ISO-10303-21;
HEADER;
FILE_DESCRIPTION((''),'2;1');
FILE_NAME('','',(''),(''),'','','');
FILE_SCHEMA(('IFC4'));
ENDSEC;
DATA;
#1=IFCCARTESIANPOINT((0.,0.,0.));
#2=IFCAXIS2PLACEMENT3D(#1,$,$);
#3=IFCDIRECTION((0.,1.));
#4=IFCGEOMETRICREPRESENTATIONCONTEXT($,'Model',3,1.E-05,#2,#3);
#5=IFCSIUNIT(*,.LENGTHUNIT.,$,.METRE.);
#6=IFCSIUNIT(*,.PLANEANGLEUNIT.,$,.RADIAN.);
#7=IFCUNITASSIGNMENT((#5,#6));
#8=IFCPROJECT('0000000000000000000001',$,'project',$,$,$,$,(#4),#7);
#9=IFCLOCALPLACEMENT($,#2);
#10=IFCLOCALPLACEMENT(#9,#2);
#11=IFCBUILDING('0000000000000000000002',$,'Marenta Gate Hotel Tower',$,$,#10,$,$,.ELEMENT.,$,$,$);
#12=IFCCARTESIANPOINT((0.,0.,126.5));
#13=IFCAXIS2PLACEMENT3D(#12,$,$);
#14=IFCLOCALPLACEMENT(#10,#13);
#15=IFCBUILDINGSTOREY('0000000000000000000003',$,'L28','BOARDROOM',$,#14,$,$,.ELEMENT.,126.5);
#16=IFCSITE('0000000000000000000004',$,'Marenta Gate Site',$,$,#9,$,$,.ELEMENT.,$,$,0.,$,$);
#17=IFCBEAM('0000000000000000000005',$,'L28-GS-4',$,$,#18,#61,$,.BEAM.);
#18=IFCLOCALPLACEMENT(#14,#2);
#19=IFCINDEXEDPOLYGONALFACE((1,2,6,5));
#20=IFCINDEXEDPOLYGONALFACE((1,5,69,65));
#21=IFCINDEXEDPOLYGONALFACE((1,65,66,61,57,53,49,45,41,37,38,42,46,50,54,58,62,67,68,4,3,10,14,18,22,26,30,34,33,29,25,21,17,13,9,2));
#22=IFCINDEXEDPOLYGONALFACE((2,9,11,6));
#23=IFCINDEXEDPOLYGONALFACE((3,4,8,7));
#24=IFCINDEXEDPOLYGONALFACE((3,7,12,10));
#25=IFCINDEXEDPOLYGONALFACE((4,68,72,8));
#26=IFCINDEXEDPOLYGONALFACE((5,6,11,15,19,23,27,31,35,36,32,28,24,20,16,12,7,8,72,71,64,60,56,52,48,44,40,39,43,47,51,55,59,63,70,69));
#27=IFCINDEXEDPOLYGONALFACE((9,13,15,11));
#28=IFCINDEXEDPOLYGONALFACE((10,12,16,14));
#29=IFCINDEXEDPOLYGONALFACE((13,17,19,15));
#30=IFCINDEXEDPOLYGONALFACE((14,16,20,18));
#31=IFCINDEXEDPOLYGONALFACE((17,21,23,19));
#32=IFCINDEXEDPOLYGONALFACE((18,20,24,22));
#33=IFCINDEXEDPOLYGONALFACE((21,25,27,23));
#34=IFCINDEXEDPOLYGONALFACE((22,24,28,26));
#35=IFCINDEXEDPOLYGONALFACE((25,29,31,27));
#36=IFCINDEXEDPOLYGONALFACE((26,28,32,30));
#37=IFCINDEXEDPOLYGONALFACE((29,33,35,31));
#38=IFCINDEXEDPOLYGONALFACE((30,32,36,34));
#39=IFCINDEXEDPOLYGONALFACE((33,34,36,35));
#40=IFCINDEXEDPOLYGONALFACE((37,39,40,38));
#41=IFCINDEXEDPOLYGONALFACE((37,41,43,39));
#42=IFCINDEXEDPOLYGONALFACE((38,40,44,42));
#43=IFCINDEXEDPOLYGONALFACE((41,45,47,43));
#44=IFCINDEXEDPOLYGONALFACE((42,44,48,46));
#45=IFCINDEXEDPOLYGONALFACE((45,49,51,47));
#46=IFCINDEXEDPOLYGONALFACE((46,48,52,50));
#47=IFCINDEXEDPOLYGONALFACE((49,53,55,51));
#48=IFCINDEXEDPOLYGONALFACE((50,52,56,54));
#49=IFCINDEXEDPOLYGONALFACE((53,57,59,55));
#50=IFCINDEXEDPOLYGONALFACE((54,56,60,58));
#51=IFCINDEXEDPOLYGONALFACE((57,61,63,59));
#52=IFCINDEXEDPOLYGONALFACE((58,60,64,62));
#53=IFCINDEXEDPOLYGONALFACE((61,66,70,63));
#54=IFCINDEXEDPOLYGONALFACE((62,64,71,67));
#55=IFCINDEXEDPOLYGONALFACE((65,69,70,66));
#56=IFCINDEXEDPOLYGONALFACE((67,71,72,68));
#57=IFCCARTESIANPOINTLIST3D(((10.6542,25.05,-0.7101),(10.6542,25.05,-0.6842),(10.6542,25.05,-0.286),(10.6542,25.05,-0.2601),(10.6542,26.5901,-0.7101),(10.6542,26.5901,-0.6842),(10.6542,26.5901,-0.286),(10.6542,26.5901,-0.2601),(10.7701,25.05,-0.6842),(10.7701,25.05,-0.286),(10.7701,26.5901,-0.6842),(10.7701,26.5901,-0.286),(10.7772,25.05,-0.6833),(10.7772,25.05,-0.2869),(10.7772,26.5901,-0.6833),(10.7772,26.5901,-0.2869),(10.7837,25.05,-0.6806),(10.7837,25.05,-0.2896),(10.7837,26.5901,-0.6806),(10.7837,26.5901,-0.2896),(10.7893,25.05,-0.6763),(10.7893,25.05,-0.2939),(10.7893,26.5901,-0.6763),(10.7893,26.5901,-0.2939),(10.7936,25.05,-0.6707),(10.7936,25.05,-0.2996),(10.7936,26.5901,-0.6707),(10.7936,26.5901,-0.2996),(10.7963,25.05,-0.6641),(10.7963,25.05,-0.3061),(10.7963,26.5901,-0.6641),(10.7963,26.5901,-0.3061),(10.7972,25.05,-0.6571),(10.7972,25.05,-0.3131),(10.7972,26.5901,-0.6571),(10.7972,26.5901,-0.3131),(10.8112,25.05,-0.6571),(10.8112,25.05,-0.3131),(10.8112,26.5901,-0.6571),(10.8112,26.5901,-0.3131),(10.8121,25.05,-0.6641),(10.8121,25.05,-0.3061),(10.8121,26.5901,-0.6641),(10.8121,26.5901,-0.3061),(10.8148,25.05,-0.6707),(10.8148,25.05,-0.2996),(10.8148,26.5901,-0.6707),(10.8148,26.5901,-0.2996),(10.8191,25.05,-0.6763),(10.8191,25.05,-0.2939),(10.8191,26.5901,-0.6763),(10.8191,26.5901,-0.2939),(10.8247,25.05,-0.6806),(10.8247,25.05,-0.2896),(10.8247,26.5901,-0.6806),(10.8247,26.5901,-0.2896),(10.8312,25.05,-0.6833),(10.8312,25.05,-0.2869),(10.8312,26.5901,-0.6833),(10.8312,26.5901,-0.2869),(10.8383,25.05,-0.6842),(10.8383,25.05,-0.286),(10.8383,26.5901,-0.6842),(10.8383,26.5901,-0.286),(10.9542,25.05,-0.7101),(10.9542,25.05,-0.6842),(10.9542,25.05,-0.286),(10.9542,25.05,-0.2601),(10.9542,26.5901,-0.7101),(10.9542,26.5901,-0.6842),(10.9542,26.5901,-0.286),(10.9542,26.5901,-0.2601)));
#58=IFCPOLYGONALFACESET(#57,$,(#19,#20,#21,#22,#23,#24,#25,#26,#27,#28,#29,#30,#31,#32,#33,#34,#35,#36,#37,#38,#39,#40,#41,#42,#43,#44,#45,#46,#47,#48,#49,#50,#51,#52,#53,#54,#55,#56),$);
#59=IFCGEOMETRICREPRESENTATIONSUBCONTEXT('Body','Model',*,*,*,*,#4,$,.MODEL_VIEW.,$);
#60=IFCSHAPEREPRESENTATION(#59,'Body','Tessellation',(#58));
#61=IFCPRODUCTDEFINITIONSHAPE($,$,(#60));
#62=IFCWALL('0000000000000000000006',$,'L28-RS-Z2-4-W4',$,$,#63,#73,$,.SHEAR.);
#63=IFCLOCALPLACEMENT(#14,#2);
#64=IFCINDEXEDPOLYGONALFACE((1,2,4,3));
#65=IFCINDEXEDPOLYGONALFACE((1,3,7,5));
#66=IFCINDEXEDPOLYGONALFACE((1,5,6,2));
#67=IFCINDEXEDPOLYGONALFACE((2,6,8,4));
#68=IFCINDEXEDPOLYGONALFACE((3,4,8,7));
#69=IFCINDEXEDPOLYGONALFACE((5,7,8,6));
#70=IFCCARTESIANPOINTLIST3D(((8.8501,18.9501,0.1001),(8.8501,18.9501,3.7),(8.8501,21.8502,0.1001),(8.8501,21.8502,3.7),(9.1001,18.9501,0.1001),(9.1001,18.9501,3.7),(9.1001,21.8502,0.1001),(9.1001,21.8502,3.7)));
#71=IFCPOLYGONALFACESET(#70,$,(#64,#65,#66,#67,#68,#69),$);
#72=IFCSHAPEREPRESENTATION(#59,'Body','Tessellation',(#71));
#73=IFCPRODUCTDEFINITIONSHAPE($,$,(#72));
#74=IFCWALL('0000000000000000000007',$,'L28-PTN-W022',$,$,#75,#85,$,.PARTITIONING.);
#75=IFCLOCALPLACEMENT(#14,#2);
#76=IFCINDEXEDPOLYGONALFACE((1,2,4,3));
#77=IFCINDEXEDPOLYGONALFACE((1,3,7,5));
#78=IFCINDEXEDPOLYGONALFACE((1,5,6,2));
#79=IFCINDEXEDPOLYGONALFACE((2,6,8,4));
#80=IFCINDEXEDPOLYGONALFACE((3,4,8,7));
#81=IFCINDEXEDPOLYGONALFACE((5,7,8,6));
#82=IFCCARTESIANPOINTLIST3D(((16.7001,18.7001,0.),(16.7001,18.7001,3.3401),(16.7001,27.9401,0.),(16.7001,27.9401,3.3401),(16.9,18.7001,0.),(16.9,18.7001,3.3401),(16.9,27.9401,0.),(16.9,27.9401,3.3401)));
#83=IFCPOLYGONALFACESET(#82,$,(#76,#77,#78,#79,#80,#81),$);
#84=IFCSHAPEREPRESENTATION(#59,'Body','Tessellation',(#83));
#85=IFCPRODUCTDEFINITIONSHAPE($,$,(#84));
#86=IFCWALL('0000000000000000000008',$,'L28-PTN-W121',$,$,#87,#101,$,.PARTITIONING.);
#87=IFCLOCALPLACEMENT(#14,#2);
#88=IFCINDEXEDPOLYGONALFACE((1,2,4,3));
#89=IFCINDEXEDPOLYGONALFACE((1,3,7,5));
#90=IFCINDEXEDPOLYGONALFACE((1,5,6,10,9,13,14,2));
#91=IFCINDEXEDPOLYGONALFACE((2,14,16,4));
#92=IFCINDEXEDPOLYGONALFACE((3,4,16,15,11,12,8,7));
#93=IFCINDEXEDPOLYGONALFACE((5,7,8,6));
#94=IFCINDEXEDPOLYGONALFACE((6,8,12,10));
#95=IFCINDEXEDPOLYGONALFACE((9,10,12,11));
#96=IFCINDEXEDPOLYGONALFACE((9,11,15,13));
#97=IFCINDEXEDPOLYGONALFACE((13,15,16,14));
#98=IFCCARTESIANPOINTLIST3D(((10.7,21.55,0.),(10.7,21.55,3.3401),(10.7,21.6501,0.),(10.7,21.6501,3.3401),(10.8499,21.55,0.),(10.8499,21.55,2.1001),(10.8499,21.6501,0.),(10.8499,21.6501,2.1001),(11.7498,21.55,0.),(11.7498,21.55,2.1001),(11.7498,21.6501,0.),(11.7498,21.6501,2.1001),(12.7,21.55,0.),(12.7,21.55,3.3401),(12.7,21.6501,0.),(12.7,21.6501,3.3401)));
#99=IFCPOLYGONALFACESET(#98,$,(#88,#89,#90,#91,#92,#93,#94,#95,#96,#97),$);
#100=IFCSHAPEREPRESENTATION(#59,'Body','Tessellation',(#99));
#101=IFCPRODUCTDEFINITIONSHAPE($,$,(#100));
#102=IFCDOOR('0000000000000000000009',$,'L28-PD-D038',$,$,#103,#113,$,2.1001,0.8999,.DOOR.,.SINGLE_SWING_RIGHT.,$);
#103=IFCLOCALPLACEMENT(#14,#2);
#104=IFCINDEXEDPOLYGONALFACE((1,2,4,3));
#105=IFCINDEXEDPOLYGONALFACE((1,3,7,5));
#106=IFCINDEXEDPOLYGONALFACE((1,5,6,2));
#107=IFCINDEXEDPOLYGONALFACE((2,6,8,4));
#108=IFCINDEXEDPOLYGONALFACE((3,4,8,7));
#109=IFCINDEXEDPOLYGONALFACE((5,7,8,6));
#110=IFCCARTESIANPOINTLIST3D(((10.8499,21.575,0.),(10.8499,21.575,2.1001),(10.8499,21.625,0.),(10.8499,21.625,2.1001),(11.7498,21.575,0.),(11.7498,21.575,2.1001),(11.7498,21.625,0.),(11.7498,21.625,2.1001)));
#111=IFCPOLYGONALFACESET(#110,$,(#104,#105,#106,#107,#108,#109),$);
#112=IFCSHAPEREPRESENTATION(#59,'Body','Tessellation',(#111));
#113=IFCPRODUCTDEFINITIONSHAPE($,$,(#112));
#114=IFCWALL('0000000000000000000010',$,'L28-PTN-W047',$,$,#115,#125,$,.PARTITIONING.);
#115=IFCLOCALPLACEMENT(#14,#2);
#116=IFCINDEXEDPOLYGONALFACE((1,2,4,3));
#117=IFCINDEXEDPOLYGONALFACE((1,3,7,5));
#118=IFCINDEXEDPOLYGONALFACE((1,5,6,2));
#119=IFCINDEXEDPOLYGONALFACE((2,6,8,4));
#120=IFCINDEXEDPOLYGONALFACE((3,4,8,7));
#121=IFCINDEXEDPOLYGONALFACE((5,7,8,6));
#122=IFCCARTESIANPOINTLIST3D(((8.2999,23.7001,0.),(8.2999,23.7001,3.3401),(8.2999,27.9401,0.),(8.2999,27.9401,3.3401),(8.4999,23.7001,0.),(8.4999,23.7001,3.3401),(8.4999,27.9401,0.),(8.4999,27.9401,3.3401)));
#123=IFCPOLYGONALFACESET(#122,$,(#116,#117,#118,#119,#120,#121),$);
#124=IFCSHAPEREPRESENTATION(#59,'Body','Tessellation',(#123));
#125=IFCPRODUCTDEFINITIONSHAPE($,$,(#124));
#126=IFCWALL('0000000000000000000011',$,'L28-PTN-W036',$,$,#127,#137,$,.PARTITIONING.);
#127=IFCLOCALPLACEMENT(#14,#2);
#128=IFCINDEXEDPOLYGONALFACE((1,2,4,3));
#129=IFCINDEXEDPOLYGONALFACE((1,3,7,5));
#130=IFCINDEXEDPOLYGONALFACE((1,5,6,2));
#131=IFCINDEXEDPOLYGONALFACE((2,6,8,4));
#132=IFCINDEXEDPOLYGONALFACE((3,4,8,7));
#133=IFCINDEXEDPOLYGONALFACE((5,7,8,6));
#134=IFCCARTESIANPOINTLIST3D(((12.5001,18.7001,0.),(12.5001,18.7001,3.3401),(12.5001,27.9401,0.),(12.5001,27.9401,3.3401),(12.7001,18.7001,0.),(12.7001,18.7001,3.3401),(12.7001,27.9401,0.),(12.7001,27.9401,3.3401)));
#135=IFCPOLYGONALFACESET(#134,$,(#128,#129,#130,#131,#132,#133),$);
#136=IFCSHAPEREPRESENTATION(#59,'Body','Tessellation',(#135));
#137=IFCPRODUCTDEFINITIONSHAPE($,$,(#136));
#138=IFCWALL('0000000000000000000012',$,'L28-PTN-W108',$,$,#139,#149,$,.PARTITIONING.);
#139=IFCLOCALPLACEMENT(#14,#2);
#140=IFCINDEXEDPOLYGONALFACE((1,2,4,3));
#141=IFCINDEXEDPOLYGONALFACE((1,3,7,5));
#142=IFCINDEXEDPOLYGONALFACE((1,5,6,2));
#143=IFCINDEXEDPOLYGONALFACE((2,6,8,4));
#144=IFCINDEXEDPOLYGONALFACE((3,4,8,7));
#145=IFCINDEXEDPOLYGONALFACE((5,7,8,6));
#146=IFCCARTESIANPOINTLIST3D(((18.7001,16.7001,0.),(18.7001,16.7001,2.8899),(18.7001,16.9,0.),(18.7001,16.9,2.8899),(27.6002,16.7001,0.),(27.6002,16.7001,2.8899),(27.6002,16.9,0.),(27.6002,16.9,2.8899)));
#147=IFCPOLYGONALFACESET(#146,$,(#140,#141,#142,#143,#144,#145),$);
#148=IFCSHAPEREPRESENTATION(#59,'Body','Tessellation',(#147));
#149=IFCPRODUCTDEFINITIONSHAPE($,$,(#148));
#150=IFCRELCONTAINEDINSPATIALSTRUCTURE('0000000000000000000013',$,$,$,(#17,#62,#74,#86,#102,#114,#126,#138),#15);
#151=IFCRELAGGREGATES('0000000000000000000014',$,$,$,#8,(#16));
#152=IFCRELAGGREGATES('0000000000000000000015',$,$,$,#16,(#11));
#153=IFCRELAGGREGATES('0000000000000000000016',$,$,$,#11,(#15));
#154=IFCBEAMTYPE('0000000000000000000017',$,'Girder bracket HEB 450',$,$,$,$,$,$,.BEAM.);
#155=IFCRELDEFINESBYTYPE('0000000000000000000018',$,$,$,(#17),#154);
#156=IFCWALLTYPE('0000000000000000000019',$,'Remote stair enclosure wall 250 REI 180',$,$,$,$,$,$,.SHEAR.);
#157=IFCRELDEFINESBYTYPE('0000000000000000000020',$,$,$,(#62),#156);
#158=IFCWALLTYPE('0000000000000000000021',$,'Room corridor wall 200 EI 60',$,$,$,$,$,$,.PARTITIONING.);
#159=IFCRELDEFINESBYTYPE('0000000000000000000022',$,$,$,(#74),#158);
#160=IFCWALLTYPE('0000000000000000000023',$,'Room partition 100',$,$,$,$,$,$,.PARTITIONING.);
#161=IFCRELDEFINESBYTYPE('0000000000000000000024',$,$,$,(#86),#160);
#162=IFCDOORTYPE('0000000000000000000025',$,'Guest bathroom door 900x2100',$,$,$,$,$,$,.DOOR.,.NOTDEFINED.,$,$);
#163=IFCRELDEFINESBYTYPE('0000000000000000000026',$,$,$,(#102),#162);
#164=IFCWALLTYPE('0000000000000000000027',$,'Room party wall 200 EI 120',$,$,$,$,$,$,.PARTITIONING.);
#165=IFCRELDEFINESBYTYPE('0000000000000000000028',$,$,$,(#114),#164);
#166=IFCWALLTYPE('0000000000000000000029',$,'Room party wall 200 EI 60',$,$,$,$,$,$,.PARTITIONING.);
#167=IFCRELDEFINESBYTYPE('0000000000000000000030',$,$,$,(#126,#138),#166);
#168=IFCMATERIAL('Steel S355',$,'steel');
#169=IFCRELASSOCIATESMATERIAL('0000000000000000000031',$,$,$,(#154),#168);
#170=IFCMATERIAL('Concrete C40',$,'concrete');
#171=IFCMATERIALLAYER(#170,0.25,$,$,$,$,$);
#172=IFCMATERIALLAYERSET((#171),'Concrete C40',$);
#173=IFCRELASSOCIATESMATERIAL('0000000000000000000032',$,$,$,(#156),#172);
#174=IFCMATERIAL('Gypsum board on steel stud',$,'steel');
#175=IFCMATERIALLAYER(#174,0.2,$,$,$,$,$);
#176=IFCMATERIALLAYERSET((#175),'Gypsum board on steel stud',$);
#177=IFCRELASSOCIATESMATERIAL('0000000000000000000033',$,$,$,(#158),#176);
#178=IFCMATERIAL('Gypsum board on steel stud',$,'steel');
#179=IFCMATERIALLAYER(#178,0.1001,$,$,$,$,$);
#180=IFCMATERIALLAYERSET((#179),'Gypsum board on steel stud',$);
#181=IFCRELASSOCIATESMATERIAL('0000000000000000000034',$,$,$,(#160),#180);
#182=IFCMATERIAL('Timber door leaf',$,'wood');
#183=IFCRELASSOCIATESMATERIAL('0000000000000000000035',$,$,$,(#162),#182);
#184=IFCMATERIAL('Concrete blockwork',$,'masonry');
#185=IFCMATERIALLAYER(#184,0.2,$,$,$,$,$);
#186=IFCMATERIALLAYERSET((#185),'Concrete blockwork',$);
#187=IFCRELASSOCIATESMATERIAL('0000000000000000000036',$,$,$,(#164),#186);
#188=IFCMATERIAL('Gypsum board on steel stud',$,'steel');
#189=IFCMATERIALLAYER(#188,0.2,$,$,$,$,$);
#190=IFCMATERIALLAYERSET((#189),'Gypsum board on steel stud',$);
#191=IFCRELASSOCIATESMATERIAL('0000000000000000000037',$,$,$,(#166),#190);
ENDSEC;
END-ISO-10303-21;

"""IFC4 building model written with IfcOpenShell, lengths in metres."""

from ifc_helpers import new_model, si_unit, direction, frame, frame_2d, origin, origin_2d, place, context, subcontext, project, spatial, rectangle, i_section, extrude, material, layer, layer_set, material_profile, profile_set, type_object, element, fill, save


model = new_model("IFC4")

# Units and contexts
model_context = context("Model", 3, precision=1e-05, world=origin(), true_north=direction((0.0, 1.0)))
body_context = subcontext(model_context, "Body", "Model", "MODEL_VIEW")
ifc_project = project(units=[si_unit("LENGTHUNIT", "METRE"), si_unit("PLANEANGLEUNIT", "RADIAN")], contexts=[model_context])

# Site, building, storey
site_placement = place(None, origin())
site = spatial("IfcSite", under=ifc_project, at=site_placement, Name="Marenta Gate Site", CompositionType="ELEMENT", RefElevation=0.0)
building_placement = place(site_placement, origin())
building = spatial("IfcBuilding", under=site, at=building_placement, Name="Marenta Gate Hotel Tower", CompositionType="ELEMENT")
storey_placement = place(building_placement, frame((0.0, 0.0, 126.5)))
storey = spatial("IfcBuildingStorey", under=building, at=storey_placement, Name="L28", Description="BOARDROOM", CompositionType="ELEMENT", Elevation=126.5)

# Beam
ifc_material_1 = material(Name="Steel S355", Category="steel")
ifc_material_profile_1 = material_profile(ifc_material_1, i_section(OverallWidth=0.3, OverallDepth=0.45, WebThickness=0.0139, FlangeThickness=0.0259, FilletRadius=0.0271, at=origin_2d()), Name="HEB 450")
ifc_profile_set_1 = profile_set([ifc_material_profile_1], Name="Steel S355")
beam_type_1 = type_object("IfcBeamType", Name="Girder bracket HEB 450", PredefinedType="BEAM", material=ifc_profile_set_1)
beam_1_placement = place(storey_placement, frame((10.8042, 25.05, -0.4851), z_axis=(0.0, 1.0, 0.0), x_axis=(-1.0, 0.0, 0.0)))
element("IfcBeam", 1, at=beam_1_placement, inside=storey, type_object=beam_type_1, Name="L28-GS-4", PredefinedType="BEAM", context=body_context, shape_type="SweptSolid", body=[
    extrude(i_section(OverallWidth=0.3, OverallDepth=0.45, WebThickness=0.0139, FlangeThickness=0.0259, FilletRadius=0.0271, at=origin_2d()), origin(), (0.0, 0.0, 1.0), 1.54),
])

# Walls
ifc_material_2 = material(Name="Concrete C40", Category="concrete")
ifc_layer_1 = layer(ifc_material_2, 0.25)
ifc_layer_set_1 = layer_set([ifc_layer_1], Name="Concrete C40")
wall_type_1 = type_object("IfcWallType", Name="Remote stair enclosure wall 250 REI 180", PredefinedType="SHEAR", material=ifc_layer_set_1)
wall_1_placement = place(storey_placement, frame((8.9751, 18.95, 0.1001), z_axis=(0.0, 0.0, 1.0), x_axis=(0.0, 1.0, 0.0)))
element("IfcWall", 2, at=wall_1_placement, inside=storey, type_object=wall_type_1, Name="L28-RS-Z2-4-W4", PredefinedType="SHEAR", context=body_context, shape_type="SweptSolid", body=[
    extrude(rectangle(XDim=2.9001, YDim=0.25, at=frame_2d((1.4502, 0.0))), origin(), (0.0, 0.0, 1.0), 3.5999),
])
ifc_material_3 = material(Name="Gypsum board on steel stud", Category="steel")
ifc_layer_2 = layer(ifc_material_3, 0.2)
ifc_layer_set_2 = layer_set([ifc_layer_2], Name="Gypsum board on steel stud")
wall_type_2 = type_object("IfcWallType", Name="Room corridor wall 200 EI 60", PredefinedType="PARTITIONING", material=ifc_layer_set_2)
wall_2_placement = place(storey_placement, frame((16.8, 18.7, 0.0), z_axis=(0.0, 0.0, 1.0), x_axis=(0.0, 1.0, 0.0)))
element("IfcWall", 3, at=wall_2_placement, inside=storey, type_object=wall_type_2, Name="L28-PTN-W022", PredefinedType="PARTITIONING", context=body_context, shape_type="SweptSolid", body=[
    extrude(rectangle(XDim=9.24, YDim=0.2, at=frame_2d((4.6201, 0.0))), origin(), (0.0, 0.0, 1.0), 3.3401),
])

# Wall, opening, door
ifc_material_4 = material(Name="Gypsum board on steel stud", Category="steel")
ifc_layer_3 = layer(ifc_material_4, 0.1001)
ifc_layer_set_3 = layer_set([ifc_layer_3], Name="Gypsum board on steel stud")
wall_type_3 = type_object("IfcWallType", Name="Room partition 100", PredefinedType="PARTITIONING", material=ifc_layer_set_3)
wall_3_placement = place(storey_placement, frame((10.7, 21.6001, 0.0), z_axis=(0.0, 0.0, 1.0), x_axis=(1.0, 0.0, 0.0)))
wall_3 = element("IfcWall", 4, at=wall_3_placement, inside=storey, type_object=wall_type_3, Name="L28-PTN-W121", PredefinedType="PARTITIONING", context=body_context, shape_type="SweptSolid", body=[
    extrude(rectangle(XDim=2.0, YDim=0.1001, at=frame_2d((1.0, 0.0))), origin(), (0.0, 0.0, 1.0), 3.3401),
])
opening_1_placement = place(wall_3_placement, frame((0.1499, 0.0, 0.0)))
opening_1 = element("IfcOpeningElement", 5, at=opening_1_placement, cuts=wall_3, PredefinedType="OPENING", context=body_context, shape_type="SweptSolid", body=[
    extrude(rectangle(XDim=0.8999, YDim=2.1001, at=frame_2d((0.45, 1.05))), frame((0.0, 0.05, 0.0), z_axis=(0.0, -1.0, 0.0), x_axis=(1.0, 0.0, 0.0)), (0.0, 0.0, 1.0), 0.1001),
])
ifc_material_5 = material(Name="Timber door leaf", Category="wood")
door_type_1 = type_object("IfcDoorType", Name="Guest bathroom door 900x2100", OperationType="NOTDEFINED", PredefinedType="DOOR", material=ifc_material_5)
door_1_placement = place(opening_1_placement, origin())
door_1 = element("IfcDoor", 6, at=door_1_placement, inside=storey, type_object=door_type_1, Name="L28-PD-D038", OperationType="SINGLE_SWING_RIGHT", OverallHeight=2.1001, OverallWidth=0.8999, PredefinedType="DOOR", context=body_context, shape_type="SweptSolid", body=[
    extrude(rectangle(XDim=0.8999, YDim=2.1001, at=frame_2d((0.45, 1.05))), frame((0.0, 0.0249, 0.0), z_axis=(0.0, -1.0, 0.0), x_axis=(1.0, 0.0, 0.0)), (0.0, 0.0, 1.0), 0.05),
])
fill(opening_1, door_1)

# Walls
ifc_material_6 = material(Name="Concrete blockwork", Category="masonry")
ifc_layer_4 = layer(ifc_material_6, 0.2)
ifc_layer_set_4 = layer_set([ifc_layer_4], Name="Concrete blockwork")
wall_type_4 = type_object("IfcWallType", Name="Room party wall 200 EI 120", PredefinedType="PARTITIONING", material=ifc_layer_set_4)
wall_4_placement = place(storey_placement, frame((8.3999, 23.7, 0.0), z_axis=(0.0, 0.0, 1.0), x_axis=(0.0, 1.0, 0.0)))
element("IfcWall", 7, at=wall_4_placement, inside=storey, type_object=wall_type_4, Name="L28-PTN-W047", PredefinedType="PARTITIONING", context=body_context, shape_type="SweptSolid", body=[
    extrude(rectangle(XDim=4.24, YDim=0.2, at=frame_2d((2.1201, 0.0))), origin(), (0.0, 0.0, 1.0), 3.3401),
])
ifc_material_7 = material(Name="Gypsum board on steel stud", Category="steel")
ifc_layer_5 = layer(ifc_material_7, 0.2)
ifc_layer_set_5 = layer_set([ifc_layer_5], Name="Gypsum board on steel stud")
wall_type_5 = type_object("IfcWallType", Name="Room party wall 200 EI 60", PredefinedType="PARTITIONING", material=ifc_layer_set_5)
wall_5_placement = place(storey_placement, frame((12.6001, 18.7, 0.0), z_axis=(0.0, 0.0, 1.0), x_axis=(0.0, 1.0, 0.0)))
element("IfcWall", 8, at=wall_5_placement, inside=storey, type_object=wall_type_5, Name="L28-PTN-W036", PredefinedType="PARTITIONING", context=body_context, shape_type="SweptSolid", body=[
    extrude(rectangle(XDim=9.24, YDim=0.2, at=frame_2d((4.6201, 0.0))), origin(), (0.0, 0.0, 1.0), 3.3401),
])
wall_6_placement = place(storey_placement, frame((18.7, 16.8, 0.0), z_axis=(0.0, 0.0, 1.0), x_axis=(1.0, 0.0, 0.0)))
element("IfcWall", 9, at=wall_6_placement, inside=storey, type_object=wall_type_5, Name="L28-PTN-W108", PredefinedType="PARTITIONING", context=body_context, shape_type="SweptSolid", body=[
    extrude(rectangle(XDim=8.9001, YDim=0.2, at=frame_2d((4.4502, 0.0))), origin(), (0.0, 0.0, 1.0), 2.8899),
])

save(model, "model.ifc")
